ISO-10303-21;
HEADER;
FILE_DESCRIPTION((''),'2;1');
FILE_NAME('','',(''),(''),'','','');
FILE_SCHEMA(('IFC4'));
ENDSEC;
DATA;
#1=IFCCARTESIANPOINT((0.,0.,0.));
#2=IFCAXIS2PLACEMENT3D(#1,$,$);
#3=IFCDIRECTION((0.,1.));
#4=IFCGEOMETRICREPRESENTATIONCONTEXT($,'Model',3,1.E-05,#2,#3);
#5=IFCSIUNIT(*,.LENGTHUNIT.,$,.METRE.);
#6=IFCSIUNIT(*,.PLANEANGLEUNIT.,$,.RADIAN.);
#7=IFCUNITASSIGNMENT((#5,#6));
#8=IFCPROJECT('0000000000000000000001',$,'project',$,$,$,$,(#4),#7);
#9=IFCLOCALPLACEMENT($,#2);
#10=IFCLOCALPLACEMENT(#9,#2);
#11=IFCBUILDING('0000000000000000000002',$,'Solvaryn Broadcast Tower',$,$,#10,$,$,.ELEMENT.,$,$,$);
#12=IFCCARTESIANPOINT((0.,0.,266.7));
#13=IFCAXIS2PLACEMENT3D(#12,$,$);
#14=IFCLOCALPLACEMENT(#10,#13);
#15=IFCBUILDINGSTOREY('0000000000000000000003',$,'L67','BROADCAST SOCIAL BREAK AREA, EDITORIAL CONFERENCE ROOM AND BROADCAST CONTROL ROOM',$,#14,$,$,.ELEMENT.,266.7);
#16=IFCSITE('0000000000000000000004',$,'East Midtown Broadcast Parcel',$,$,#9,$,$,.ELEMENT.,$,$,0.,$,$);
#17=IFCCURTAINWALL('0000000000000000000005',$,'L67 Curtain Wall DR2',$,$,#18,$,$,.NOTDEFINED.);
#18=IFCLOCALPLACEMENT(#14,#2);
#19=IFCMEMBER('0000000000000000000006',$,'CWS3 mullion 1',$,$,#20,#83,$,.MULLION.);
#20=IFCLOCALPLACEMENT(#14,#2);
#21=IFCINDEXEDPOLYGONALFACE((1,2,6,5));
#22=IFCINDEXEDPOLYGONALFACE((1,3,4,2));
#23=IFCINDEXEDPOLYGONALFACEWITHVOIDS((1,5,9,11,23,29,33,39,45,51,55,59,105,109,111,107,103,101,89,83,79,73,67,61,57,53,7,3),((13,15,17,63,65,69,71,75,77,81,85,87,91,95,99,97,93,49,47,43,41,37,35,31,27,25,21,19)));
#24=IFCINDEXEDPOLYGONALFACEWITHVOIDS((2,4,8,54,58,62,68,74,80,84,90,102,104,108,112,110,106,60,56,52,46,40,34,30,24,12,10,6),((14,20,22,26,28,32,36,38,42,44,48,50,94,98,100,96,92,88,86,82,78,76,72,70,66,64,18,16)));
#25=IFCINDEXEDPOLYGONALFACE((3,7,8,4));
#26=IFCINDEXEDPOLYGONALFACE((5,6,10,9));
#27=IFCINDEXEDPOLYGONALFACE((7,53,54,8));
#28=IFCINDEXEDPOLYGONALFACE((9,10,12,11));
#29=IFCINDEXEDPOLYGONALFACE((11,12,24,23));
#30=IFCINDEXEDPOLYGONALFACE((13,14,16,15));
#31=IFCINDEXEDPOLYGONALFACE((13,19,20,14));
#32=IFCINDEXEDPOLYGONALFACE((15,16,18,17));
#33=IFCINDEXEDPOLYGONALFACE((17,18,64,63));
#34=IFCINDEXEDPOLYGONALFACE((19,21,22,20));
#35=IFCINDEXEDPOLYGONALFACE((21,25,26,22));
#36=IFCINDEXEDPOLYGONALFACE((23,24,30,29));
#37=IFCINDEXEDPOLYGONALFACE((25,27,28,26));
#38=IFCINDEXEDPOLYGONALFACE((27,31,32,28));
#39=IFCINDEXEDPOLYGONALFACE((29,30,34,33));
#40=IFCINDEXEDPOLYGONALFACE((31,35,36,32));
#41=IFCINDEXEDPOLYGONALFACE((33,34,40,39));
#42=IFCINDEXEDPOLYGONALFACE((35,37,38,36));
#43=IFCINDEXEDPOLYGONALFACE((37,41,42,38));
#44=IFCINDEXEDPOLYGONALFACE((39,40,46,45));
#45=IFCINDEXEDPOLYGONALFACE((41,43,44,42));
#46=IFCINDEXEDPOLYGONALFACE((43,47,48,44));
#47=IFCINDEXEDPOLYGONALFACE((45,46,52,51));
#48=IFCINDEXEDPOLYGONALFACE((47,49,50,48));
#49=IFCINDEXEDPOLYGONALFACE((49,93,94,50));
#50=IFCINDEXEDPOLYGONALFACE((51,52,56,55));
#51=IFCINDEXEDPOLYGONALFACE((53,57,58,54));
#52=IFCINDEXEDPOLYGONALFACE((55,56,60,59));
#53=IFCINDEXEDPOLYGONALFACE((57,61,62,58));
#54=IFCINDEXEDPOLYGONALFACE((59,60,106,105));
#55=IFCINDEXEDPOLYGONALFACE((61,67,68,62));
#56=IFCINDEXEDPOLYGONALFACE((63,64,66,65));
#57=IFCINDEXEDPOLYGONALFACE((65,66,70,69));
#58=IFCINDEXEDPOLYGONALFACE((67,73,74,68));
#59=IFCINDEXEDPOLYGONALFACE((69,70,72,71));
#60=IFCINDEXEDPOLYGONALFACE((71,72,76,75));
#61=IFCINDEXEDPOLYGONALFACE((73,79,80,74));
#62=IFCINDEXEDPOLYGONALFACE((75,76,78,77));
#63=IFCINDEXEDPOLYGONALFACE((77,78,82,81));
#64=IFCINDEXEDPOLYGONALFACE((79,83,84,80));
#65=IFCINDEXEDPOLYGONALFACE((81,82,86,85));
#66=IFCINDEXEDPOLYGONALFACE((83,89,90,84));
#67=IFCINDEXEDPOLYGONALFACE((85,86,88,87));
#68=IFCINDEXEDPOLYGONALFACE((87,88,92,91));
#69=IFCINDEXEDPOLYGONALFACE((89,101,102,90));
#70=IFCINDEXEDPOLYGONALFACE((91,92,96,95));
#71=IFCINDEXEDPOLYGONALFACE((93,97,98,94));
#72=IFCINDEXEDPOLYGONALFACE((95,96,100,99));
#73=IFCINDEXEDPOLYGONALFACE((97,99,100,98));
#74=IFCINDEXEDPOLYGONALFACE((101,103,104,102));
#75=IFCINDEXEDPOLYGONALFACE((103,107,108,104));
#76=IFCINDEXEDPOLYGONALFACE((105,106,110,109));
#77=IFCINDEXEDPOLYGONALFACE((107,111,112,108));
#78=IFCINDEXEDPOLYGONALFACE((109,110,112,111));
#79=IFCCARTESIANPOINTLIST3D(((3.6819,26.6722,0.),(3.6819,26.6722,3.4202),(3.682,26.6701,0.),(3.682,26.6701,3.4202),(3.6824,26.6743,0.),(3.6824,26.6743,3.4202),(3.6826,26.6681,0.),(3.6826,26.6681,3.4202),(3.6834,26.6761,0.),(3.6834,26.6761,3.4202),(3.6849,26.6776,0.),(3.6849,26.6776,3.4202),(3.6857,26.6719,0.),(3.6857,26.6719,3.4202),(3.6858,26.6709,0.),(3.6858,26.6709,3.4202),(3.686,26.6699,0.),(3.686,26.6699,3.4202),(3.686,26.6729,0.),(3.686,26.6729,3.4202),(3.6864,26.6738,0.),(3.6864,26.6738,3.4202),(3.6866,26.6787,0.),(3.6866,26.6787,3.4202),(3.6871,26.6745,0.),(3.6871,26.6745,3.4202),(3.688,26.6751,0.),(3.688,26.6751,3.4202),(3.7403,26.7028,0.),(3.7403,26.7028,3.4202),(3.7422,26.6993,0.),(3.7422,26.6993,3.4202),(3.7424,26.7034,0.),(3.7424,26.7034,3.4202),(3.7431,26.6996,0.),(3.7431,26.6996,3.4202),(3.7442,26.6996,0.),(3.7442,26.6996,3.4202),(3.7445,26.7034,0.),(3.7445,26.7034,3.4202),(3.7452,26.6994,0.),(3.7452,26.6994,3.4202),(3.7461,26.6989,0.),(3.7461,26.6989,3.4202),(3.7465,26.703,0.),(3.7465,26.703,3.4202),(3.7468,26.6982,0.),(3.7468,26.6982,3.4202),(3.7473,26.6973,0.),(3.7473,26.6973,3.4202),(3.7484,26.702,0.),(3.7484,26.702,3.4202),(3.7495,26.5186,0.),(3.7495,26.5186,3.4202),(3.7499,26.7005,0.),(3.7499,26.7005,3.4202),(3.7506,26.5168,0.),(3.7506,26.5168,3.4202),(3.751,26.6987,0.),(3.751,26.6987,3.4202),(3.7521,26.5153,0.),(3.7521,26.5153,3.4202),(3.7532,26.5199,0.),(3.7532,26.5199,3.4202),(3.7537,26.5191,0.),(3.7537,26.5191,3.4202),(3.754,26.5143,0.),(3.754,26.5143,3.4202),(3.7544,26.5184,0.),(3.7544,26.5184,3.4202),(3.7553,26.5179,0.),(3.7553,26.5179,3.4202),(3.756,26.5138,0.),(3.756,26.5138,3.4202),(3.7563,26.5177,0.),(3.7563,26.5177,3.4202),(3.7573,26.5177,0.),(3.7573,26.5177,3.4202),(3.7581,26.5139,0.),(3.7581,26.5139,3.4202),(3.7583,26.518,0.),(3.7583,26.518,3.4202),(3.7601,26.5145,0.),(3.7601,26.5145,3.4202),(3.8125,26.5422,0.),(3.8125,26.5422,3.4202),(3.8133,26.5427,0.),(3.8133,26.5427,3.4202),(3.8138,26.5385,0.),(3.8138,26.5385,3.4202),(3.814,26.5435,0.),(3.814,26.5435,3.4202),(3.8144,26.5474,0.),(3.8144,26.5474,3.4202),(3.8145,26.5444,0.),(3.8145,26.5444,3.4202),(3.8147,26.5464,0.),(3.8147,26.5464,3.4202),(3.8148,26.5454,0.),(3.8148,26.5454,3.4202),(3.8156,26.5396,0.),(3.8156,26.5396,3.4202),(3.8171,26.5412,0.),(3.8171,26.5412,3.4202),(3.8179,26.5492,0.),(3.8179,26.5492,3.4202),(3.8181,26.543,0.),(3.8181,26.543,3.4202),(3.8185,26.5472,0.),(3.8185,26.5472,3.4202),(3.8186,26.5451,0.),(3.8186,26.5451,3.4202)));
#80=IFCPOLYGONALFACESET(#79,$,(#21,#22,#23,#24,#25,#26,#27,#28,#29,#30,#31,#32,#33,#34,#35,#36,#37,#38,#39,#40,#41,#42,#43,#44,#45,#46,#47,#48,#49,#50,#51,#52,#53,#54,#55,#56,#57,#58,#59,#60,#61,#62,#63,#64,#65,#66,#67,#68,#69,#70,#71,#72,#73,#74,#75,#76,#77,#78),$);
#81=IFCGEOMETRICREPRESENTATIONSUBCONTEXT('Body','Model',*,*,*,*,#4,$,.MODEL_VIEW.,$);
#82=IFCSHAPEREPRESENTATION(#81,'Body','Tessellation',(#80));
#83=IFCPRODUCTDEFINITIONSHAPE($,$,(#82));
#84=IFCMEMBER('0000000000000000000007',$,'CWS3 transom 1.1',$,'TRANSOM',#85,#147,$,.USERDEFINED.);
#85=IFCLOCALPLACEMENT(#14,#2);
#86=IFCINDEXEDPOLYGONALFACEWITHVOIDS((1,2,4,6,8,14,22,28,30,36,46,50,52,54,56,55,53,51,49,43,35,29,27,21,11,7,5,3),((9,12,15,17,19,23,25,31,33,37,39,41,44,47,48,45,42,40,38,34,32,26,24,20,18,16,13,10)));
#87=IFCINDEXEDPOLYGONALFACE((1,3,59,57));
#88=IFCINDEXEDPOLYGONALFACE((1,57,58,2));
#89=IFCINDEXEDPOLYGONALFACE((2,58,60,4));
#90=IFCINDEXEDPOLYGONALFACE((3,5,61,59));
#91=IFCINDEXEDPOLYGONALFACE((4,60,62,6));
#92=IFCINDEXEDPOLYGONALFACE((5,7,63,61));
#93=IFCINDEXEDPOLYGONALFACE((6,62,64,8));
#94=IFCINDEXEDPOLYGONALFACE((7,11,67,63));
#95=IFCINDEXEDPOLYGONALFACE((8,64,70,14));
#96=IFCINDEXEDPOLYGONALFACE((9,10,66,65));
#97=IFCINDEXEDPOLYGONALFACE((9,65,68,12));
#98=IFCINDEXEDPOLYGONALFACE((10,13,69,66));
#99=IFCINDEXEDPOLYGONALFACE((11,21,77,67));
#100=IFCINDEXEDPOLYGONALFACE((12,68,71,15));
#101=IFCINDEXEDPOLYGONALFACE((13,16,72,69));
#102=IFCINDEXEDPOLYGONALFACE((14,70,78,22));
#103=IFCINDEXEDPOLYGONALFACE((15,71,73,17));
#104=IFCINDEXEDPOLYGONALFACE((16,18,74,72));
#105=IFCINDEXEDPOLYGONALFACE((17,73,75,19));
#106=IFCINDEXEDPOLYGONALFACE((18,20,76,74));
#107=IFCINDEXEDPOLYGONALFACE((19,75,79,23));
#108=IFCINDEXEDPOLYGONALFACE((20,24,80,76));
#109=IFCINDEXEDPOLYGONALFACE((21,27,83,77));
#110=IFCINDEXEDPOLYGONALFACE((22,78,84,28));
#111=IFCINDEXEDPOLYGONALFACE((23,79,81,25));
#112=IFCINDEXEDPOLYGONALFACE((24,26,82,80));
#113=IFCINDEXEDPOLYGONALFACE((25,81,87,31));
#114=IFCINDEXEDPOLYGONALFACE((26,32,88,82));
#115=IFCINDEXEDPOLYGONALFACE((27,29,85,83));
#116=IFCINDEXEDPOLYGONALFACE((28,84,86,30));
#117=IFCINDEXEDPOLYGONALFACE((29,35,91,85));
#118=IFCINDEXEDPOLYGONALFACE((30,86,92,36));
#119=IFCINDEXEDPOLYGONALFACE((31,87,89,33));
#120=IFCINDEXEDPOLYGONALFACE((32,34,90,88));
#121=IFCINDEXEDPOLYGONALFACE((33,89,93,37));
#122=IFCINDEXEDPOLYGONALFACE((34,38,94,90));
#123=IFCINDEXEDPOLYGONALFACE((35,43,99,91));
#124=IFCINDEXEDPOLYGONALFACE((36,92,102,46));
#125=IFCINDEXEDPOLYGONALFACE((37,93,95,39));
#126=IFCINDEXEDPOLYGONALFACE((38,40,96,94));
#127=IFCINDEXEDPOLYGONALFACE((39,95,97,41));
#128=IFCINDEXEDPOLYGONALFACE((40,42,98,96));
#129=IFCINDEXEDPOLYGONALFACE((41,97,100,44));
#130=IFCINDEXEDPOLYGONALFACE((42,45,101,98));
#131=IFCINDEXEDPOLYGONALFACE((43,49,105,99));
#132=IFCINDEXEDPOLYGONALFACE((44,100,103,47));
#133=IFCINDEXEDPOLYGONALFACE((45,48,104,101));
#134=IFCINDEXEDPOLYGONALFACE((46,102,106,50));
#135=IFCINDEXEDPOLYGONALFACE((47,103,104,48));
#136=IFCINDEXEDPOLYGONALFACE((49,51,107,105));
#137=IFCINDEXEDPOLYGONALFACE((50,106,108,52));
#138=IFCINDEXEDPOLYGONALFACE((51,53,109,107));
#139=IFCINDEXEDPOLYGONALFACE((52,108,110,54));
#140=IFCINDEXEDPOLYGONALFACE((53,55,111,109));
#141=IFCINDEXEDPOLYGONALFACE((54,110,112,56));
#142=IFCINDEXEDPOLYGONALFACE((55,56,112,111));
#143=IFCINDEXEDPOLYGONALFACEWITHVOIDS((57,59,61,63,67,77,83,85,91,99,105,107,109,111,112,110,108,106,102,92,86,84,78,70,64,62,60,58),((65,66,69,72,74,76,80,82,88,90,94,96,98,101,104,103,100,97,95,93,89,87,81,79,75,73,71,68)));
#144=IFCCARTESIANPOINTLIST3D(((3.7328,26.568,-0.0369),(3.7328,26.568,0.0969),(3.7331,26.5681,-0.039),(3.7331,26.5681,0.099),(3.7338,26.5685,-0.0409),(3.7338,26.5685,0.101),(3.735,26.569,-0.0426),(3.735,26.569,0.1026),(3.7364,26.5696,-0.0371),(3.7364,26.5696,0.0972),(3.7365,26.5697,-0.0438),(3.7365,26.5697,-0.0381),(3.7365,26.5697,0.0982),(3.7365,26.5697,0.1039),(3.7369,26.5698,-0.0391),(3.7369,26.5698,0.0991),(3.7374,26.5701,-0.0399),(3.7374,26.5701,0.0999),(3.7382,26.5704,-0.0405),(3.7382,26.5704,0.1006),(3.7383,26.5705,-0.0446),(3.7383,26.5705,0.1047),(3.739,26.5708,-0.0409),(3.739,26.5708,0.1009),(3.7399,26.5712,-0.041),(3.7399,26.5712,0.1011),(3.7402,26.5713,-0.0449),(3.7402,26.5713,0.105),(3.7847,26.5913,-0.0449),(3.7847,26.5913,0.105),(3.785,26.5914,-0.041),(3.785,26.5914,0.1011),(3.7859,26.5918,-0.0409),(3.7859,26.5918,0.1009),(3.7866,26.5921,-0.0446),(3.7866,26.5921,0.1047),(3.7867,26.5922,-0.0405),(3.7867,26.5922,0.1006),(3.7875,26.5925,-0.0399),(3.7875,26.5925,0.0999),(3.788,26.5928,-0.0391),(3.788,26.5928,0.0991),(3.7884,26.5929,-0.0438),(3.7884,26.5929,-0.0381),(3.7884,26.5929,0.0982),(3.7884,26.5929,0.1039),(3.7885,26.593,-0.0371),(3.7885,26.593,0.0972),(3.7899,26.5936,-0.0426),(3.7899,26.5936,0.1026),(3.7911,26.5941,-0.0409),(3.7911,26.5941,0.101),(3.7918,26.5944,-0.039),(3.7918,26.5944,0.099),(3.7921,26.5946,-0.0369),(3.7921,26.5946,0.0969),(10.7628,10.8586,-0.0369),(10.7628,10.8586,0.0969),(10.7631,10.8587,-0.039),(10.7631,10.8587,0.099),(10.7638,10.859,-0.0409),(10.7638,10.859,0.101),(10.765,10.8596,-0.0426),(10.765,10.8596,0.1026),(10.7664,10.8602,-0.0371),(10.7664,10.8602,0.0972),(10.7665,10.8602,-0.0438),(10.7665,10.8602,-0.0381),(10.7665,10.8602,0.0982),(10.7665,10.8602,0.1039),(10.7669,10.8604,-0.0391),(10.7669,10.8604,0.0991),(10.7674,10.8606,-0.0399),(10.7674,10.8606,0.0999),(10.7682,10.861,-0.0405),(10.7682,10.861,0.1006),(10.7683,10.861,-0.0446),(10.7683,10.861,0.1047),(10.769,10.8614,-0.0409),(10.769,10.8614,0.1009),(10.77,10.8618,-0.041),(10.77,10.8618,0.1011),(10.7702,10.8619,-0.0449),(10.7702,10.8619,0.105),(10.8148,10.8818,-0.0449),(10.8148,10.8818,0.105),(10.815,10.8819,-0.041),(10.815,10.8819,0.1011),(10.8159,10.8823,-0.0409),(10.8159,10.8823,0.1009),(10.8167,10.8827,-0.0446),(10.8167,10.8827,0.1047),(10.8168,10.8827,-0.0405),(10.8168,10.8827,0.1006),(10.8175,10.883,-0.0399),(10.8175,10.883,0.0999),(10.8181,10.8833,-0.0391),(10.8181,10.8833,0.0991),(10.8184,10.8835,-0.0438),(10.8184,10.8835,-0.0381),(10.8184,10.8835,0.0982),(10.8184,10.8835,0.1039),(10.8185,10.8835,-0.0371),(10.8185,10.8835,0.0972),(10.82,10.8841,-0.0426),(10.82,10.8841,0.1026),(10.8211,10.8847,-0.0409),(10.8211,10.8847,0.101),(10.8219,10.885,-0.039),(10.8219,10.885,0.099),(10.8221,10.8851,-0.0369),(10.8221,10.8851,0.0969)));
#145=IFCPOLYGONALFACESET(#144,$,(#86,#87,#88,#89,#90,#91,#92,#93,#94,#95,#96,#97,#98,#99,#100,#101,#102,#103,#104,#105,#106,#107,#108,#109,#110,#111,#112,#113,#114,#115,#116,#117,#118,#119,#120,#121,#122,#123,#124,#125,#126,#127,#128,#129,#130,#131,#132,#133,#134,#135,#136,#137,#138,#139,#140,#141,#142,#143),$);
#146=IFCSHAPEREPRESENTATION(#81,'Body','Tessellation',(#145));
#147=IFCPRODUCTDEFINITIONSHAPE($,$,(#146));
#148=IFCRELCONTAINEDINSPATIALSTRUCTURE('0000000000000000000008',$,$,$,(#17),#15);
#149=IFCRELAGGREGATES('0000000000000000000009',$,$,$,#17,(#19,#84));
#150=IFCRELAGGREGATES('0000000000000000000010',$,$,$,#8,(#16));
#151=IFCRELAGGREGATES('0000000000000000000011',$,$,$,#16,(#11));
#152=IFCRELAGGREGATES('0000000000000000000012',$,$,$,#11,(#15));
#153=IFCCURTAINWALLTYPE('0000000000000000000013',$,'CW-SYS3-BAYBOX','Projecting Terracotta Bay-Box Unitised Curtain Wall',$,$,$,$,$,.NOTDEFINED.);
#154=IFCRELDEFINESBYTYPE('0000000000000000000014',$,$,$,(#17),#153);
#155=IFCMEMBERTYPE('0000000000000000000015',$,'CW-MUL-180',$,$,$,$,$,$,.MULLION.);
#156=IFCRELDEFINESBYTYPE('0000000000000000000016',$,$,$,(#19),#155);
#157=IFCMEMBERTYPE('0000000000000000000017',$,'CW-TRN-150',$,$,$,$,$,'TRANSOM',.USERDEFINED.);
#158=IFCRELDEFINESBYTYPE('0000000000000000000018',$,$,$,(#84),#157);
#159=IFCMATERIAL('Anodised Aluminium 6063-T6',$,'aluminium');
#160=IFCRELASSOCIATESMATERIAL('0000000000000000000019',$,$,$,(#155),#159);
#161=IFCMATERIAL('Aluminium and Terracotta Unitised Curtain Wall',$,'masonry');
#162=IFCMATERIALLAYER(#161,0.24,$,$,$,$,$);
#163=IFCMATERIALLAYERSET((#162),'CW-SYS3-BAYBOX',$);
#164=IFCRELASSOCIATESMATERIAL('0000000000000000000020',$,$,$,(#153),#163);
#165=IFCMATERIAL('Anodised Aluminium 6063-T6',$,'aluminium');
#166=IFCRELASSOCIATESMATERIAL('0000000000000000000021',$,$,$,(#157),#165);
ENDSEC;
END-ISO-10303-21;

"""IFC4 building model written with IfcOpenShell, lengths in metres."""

from ifc_helpers import new_model, si_unit, direction, frame, origin, origin_2d, place, context, subcontext, project, spatial, hollow_rectangle, extrude, material, layer, layer_set, material_profile, profile_set, type_object, element, aggregate, save


model = new_model("IFC4")

# Units and contexts
model_context = context("Model", 3, precision=1e-05, world=origin(), true_north=direction((0.0, 1.0)))
body_context = subcontext(model_context, "Body", "Model", "MODEL_VIEW")
ifc_project = project(units=[si_unit("LENGTHUNIT", "METRE"), si_unit("PLANEANGLEUNIT", "RADIAN")], contexts=[model_context])

# Site, building, storey
site_placement = place(None, origin())
site = spatial("IfcSite", under=ifc_project, at=site_placement, Name="East Midtown Broadcast Parcel", CompositionType="ELEMENT", RefElevation=0.0)
building_placement = place(site_placement, origin())
building = spatial("IfcBuilding", under=site, at=building_placement, Name="Solvaryn Broadcast Tower", CompositionType="ELEMENT")
storey_placement = place(building_placement, frame((0.0, 0.0, 266.7)))
storey = spatial("IfcBuildingStorey", under=building, at=storey_placement, Name="L67", Description="BROADCAST SOCIAL BREAK AREA, EDITORIAL CONFERENCE ROOM AND BROADCAST CONTROL ROOM", CompositionType="ELEMENT", Elevation=266.7)

# Shared definitions
ifc_material_1 = material(Name="Anodised Aluminium 6063-T6", Category="aluminium")
ifc_material_profile_1 = material_profile(ifc_material_1, hollow_rectangle(XDim=0.075, YDim=0.1799, WallThickness=0.0039, InnerFilletRadius=0.0039, OuterFilletRadius=0.0081, at=origin_2d()))
ifc_profile_set_1 = profile_set([ifc_material_profile_1], Name="Anodised Aluminium 6063-T6")
member_type_1 = type_object("IfcMemberType", Name="CW-MUL-180", PredefinedType="MULLION", material=ifc_profile_set_1)

# Curtain wall, members
ifc_material_2 = material(Name="Aluminium and Terracotta Unitised Curtain Wall", Category="masonry")
ifc_layer_1 = layer(ifc_material_2, 0.24)
ifc_layer_set_1 = layer_set([ifc_layer_1], Name="CW-SYS3-BAYBOX")
curtain_wall_type_1 = type_object("IfcCurtainWallType", Name="CW-SYS3-BAYBOX", Description="Projecting Terracotta Bay-Box Unitised Curtain Wall", PredefinedType="NOTDEFINED", material=ifc_layer_set_1)
curtain_wall_1_placement = place(storey_placement, origin())
curtain_wall_1 = element("IfcCurtainWall", 1, at=curtain_wall_1_placement, inside=storey, type_object=curtain_wall_type_1, Name="L67 Curtain Wall DR2", PredefinedType="NOTDEFINED")
member_1_placement = place(storey_placement, frame((3.7502, 26.6086, 0.0), z_axis=(0.0, 0.0, 1.0), x_axis=(0.912774, 0.408466, 0.0)))
member_1 = element("IfcMember", 2, at=member_1_placement, type_object=member_type_1, Name="CWS3 mullion 1", PredefinedType="MULLION", context=body_context, shape_type="SweptSolid", body=[
    extrude(hollow_rectangle(XDim=0.075, YDim=0.1799, WallThickness=0.0039, InnerFilletRadius=0.0039, OuterFilletRadius=0.0081, at=origin_2d()), origin(), (0.0, 0.0, 1.0), 3.4202),
])
ifc_material_3 = material(Name="Anodised Aluminium 6063-T6", Category="aluminium")
ifc_material_profile_2 = material_profile(ifc_material_3, hollow_rectangle(XDim=0.0649, YDim=0.1499, WallThickness=0.0039, InnerFilletRadius=0.0039, OuterFilletRadius=0.0081, at=origin_2d()))
ifc_profile_set_2 = profile_set([ifc_material_profile_2], Name="Anodised Aluminium 6063-T6")
member_type_2 = type_object("IfcMemberType", Name="CW-TRN-150", ElementType="TRANSOM", PredefinedType="USERDEFINED", material=ifc_profile_set_2)
member_2_placement = place(storey_placement, frame((3.7625, 26.5813, 0.03), z_axis=(0.408468, -0.912773, 0.0), x_axis=(0.912773, 0.408468, 0.0)))
member_2 = element("IfcMember", 3, at=member_2_placement, type_object=member_type_2, Name="CWS3 transom 1.1", ObjectType="TRANSOM", PredefinedType="USERDEFINED", context=body_context, shape_type="SweptSolid", body=[
    extrude(hollow_rectangle(XDim=0.0649, YDim=0.1499, WallThickness=0.0039, InnerFilletRadius=0.0039, OuterFilletRadius=0.0081, at=origin_2d()), origin(), (0.0, 0.0, 1.0), 17.2107),
])
aggregate(curtain_wall_1, [member_1, member_2])

save(model, "model.ifc")
